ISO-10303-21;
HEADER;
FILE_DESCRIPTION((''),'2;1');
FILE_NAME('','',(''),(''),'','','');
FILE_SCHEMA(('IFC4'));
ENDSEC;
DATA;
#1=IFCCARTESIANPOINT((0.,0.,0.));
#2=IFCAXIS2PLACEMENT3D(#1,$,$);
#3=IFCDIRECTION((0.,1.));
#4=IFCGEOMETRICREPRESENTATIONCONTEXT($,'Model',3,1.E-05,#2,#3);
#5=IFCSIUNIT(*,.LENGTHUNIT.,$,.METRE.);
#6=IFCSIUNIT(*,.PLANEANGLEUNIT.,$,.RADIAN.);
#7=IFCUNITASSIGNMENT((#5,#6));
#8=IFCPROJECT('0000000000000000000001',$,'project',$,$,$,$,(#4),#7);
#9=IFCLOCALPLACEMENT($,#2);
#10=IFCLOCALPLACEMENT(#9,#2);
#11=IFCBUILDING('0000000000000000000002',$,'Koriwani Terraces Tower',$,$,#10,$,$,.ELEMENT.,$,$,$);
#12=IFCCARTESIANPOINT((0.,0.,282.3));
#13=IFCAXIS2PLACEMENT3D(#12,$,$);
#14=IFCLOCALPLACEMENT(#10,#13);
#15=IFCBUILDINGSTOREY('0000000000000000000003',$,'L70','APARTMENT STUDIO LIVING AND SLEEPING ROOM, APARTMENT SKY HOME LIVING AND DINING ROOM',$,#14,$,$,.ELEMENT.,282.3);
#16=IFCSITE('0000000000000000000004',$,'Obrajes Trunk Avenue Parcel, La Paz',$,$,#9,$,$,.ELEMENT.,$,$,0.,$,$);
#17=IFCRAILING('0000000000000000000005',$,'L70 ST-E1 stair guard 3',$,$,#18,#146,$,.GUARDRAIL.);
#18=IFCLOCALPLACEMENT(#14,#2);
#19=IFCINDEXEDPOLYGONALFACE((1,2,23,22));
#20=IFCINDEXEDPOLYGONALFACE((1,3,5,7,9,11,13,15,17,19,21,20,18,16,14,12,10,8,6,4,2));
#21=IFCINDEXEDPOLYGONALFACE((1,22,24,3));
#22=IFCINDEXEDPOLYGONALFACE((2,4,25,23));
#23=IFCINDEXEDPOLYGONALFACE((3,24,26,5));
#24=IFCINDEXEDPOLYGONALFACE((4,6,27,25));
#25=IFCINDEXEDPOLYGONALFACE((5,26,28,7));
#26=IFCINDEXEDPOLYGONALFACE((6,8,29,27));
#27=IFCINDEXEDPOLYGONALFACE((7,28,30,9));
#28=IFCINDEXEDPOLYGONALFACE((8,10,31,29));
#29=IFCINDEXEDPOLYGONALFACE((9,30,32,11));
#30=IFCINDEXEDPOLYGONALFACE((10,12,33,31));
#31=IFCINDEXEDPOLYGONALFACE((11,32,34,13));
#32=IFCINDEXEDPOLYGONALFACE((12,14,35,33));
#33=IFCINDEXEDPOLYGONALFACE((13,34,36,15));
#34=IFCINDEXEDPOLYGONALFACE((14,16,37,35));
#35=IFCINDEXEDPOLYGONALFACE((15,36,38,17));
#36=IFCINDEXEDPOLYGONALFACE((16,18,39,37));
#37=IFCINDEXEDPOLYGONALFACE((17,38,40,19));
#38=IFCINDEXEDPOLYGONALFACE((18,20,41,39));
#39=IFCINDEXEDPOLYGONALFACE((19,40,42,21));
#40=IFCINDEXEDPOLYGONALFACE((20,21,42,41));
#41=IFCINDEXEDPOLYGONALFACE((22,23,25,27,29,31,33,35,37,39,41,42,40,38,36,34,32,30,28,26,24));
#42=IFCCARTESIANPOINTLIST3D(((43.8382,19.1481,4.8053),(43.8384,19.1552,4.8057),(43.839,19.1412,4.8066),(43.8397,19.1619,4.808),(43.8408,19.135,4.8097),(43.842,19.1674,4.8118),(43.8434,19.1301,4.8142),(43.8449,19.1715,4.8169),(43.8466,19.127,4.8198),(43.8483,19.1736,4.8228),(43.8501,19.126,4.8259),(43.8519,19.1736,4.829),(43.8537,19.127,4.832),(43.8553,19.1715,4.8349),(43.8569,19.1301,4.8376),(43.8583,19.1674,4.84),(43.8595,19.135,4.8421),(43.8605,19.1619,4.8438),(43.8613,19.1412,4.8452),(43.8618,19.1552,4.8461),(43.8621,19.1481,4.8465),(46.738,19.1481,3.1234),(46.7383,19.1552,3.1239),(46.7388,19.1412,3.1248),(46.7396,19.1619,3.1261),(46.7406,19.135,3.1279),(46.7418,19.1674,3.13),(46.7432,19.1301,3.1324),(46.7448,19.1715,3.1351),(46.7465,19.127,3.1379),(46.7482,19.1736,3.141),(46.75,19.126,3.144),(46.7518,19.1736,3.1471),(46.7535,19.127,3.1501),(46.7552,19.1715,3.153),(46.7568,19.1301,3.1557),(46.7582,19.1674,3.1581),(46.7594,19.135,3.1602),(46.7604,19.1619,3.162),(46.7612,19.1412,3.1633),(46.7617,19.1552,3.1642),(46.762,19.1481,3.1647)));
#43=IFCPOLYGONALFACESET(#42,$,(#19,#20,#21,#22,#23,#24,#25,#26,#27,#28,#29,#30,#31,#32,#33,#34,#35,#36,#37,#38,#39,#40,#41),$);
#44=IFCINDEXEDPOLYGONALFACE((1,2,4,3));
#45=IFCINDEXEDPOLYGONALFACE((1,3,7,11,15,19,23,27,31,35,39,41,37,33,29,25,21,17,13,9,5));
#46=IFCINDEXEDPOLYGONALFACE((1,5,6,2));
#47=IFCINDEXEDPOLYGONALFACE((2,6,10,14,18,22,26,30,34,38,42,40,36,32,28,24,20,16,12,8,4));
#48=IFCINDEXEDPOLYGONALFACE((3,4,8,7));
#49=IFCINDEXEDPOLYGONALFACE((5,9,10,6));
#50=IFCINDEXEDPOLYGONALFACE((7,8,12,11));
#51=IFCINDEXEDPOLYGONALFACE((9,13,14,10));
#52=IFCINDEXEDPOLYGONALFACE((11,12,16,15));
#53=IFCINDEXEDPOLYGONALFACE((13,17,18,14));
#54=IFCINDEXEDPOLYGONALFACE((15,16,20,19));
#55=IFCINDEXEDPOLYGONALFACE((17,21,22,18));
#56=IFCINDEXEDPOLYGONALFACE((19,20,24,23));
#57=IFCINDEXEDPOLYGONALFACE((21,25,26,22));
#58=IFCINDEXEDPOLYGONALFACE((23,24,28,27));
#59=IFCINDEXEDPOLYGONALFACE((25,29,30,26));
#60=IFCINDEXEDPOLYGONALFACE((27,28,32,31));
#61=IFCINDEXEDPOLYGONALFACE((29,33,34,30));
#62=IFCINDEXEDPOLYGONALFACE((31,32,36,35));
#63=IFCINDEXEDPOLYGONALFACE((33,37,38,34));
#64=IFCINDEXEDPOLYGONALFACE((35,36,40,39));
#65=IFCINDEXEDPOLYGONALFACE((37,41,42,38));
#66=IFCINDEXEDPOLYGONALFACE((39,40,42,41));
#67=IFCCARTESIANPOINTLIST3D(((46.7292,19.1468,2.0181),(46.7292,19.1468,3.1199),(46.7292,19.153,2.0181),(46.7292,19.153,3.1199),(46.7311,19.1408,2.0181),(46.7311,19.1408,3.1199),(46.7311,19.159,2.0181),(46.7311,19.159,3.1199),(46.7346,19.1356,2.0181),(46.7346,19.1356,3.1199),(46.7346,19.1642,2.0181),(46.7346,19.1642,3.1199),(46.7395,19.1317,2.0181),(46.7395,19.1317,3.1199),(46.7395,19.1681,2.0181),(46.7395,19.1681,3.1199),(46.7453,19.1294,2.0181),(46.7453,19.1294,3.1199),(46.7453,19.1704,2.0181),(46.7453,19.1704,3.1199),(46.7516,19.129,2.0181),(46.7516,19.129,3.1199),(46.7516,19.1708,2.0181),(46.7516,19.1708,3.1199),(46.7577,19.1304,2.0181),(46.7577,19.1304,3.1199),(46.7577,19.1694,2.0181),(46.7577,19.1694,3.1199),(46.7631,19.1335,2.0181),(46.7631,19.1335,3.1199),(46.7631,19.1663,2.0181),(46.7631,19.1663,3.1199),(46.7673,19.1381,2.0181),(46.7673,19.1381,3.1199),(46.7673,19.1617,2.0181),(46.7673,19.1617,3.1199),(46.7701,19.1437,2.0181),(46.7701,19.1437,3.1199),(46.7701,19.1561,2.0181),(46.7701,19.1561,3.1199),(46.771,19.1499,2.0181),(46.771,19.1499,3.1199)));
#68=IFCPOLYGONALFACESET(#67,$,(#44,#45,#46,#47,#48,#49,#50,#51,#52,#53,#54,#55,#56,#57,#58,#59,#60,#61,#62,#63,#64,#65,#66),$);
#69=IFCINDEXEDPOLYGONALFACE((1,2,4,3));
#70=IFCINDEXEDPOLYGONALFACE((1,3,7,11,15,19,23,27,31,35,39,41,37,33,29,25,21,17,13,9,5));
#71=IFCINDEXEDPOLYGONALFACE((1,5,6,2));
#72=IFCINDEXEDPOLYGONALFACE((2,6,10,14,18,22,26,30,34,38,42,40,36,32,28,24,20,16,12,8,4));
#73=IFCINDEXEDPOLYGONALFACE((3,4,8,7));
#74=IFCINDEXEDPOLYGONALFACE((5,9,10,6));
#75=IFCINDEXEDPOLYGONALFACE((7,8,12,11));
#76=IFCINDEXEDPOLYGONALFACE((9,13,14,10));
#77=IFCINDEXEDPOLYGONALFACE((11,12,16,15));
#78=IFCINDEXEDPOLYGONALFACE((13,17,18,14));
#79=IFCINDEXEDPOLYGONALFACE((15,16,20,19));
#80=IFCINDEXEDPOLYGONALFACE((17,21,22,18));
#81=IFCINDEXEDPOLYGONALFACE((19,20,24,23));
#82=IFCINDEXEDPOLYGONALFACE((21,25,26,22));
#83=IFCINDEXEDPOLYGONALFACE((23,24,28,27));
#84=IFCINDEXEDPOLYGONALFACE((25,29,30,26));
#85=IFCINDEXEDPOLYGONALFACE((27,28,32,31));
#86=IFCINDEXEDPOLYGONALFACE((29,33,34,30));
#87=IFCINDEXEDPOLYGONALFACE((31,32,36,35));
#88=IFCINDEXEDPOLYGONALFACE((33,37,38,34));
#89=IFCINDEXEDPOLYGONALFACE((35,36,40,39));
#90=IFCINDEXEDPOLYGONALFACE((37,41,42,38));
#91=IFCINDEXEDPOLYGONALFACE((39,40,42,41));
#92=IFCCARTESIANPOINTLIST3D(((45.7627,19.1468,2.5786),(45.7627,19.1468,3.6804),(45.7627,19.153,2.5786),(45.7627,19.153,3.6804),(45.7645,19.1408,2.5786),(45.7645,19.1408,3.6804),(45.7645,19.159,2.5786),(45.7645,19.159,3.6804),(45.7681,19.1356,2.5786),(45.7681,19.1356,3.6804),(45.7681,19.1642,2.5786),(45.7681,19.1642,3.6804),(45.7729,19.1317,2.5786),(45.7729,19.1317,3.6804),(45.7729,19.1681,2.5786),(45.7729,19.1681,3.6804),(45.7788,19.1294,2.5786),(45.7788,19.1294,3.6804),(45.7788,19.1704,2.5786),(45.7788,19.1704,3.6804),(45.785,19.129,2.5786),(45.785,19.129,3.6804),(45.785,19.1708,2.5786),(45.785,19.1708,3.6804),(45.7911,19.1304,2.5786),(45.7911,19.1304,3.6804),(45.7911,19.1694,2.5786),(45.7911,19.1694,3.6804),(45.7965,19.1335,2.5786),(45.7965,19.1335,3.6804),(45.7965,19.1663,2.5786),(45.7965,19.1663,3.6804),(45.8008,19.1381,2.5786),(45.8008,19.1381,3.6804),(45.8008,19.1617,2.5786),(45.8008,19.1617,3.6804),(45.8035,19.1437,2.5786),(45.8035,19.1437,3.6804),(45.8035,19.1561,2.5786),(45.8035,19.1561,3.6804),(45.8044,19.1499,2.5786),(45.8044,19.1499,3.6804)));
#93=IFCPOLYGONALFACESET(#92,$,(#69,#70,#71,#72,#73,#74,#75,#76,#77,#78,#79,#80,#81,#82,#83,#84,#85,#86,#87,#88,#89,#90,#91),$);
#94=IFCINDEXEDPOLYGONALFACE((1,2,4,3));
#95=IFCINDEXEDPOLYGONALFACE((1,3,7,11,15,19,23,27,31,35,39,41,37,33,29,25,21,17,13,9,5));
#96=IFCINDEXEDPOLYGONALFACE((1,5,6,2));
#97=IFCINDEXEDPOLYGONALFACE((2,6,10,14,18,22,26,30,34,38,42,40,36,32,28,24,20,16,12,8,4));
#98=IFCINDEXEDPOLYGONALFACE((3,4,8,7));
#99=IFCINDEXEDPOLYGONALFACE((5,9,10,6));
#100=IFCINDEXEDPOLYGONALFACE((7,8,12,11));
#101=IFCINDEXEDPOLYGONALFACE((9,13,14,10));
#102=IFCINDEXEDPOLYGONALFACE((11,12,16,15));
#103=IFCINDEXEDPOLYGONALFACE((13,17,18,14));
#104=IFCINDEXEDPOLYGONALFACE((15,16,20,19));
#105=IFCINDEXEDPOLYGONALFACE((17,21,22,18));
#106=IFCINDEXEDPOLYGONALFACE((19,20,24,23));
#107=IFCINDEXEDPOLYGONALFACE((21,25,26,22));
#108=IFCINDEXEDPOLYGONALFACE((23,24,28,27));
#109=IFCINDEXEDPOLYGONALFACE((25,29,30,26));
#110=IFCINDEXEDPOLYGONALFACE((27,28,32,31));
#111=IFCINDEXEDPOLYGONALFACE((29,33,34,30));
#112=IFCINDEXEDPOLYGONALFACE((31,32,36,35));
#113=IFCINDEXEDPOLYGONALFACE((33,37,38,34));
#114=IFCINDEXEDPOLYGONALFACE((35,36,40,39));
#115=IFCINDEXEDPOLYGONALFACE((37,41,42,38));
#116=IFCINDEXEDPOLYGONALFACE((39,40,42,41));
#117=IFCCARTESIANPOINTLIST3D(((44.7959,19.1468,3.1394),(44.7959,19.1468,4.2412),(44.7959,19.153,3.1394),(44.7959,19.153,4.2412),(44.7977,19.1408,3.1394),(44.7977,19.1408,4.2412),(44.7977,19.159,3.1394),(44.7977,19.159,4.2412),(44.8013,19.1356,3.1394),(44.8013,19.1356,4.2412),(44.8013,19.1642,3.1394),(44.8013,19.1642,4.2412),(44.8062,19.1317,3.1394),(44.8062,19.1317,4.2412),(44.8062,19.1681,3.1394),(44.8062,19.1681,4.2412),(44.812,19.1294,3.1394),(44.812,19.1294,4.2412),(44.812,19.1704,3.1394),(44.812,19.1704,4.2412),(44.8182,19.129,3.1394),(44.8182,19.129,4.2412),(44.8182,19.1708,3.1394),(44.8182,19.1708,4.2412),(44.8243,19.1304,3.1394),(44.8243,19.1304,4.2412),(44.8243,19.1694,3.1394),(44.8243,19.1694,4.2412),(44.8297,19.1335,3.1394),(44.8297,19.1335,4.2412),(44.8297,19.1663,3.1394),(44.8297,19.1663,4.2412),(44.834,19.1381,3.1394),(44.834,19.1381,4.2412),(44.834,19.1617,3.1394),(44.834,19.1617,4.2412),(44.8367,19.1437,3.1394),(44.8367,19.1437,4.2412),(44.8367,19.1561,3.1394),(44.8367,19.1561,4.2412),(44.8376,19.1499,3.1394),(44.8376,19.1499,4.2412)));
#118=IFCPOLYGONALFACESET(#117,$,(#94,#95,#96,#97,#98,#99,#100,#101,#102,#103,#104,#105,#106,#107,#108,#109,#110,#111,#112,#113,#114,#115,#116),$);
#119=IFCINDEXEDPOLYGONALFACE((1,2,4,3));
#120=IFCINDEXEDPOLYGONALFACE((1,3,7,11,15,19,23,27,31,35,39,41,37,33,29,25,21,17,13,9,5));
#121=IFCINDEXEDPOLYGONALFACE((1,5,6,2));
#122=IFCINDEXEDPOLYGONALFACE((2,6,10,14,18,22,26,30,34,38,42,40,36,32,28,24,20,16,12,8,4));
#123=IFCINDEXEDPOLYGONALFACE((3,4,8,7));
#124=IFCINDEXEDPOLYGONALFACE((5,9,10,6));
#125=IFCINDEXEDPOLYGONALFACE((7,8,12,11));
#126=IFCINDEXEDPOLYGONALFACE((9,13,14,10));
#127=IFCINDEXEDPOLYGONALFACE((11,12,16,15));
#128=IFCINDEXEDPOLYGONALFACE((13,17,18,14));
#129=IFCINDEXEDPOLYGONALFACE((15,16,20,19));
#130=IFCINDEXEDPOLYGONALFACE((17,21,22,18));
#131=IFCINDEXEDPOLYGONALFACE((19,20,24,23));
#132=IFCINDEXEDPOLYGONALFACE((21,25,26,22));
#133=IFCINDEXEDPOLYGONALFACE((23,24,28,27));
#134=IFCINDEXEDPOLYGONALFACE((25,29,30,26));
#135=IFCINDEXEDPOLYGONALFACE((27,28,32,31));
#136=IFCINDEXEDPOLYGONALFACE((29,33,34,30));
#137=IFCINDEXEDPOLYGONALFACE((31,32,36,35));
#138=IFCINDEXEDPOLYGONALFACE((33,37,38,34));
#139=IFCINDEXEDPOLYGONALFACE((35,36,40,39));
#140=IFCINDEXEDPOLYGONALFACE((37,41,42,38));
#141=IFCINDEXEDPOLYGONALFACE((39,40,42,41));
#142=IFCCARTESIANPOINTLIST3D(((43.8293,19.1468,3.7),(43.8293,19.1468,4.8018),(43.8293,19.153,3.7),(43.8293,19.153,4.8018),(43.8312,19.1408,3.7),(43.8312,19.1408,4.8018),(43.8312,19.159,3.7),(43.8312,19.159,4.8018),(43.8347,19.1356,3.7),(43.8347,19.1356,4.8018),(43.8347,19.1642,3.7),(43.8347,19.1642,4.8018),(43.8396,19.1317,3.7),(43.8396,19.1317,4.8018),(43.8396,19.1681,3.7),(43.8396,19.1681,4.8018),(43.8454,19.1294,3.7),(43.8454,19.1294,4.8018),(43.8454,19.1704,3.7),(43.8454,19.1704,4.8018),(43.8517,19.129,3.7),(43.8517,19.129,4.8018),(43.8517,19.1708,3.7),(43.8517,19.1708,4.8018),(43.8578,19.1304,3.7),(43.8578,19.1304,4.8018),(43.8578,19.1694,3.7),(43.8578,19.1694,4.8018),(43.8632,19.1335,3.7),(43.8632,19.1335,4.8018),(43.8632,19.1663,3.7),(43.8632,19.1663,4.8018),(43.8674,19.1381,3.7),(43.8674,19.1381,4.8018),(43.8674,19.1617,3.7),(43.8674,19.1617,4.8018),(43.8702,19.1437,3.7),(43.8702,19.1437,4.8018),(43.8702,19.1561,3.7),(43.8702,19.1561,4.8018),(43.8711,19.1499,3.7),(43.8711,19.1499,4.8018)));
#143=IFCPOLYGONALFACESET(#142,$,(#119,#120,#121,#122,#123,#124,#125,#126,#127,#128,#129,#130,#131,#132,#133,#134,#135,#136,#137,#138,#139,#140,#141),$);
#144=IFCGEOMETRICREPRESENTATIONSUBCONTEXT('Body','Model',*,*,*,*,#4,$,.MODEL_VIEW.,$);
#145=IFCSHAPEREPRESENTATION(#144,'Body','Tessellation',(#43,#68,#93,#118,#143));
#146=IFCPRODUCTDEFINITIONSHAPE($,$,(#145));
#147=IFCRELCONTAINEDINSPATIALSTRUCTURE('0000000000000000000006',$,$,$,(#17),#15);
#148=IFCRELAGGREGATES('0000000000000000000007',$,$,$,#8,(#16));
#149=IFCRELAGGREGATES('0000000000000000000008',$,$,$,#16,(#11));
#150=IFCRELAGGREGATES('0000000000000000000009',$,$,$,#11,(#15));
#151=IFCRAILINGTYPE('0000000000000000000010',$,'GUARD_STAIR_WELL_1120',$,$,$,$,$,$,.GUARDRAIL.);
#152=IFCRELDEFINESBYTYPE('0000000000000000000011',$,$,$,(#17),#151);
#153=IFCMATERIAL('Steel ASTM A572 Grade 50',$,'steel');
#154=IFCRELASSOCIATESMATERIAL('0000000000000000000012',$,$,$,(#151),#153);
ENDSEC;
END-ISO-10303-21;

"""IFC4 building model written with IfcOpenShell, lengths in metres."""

from ifc_helpers import new_model, si_unit, direction, frame, origin, origin_2d, place, context, subcontext, project, spatial, circle, extrude, material, type_object, element, save


model = new_model("IFC4")

# Units and contexts
model_context = context("Model", 3, precision=1e-05, world=origin(), true_north=direction((0.0, 1.0)))
body_context = subcontext(model_context, "Body", "Model", "MODEL_VIEW")
ifc_project = project(units=[si_unit("LENGTHUNIT", "METRE"), si_unit("PLANEANGLEUNIT", "RADIAN")], contexts=[model_context])

# Site, building, storey
site_placement = place(None, origin())
site = spatial("IfcSite", under=ifc_project, at=site_placement, Name="Obrajes Trunk Avenue Parcel, La Paz", CompositionType="ELEMENT", RefElevation=0.0)
building_placement = place(site_placement, origin())
building = spatial("IfcBuilding", under=site, at=building_placement, Name="Koriwani Terraces Tower", CompositionType="ELEMENT")
storey_placement = place(building_placement, frame((0.0, 0.0, 282.3)))
storey = spatial("IfcBuildingStorey", under=building, at=storey_placement, Name="L70", Description="APARTMENT STUDIO LIVING AND SLEEPING ROOM, APARTMENT SKY HOME LIVING AND DINING ROOM", CompositionType="ELEMENT", Elevation=282.3)

# Shared definitions
ifc_material_1 = material(Name="Steel ASTM A572 Grade 50", Category="steel")

# Railing
railing_type_1 = type_object("IfcRailingType", Name="GUARD_STAIR_WELL_1120", PredefinedType="GUARDRAIL", material=ifc_material_1)
railing_1_placement = place(storey_placement, frame((46.75, 19.1499, 2.0181)))
element("IfcRailing", 1, at=railing_1_placement, inside=storey, type_object=railing_type_1, Name="L70 ST-E1 stair guard 3", PredefinedType="GUARDRAIL", context=body_context, shape_type="SweptSolid", body=[
    extrude(circle(Radius=0.0239, at=origin_2d()), frame((0.0, 0.0, 1.126), z_axis=(-0.865039, 0.0, 0.501705), x_axis=(0.0, -1.0, 0.0)), (0.0, 0.0, 1.0), 3.3523),
    extrude(circle(Radius=0.021, at=origin_2d()), origin(), (0.0, 0.0, 1.0), 1.1018),
    extrude(circle(Radius=0.021, at=origin_2d()), frame((-0.9666, 0.0, 0.5605)), (0.0, 0.0, 1.0), 1.1018),
    extrude(circle(Radius=0.021, at=origin_2d()), frame((-1.9333, 0.0, 1.1213)), (0.0, 0.0, 1.0), 1.1018),
    extrude(circle(Radius=0.021, at=origin_2d()), frame((-2.8999, 0.0, 1.6819)), (0.0, 0.0, 1.0), 1.1018),
])

save(model, "model.ifc")
